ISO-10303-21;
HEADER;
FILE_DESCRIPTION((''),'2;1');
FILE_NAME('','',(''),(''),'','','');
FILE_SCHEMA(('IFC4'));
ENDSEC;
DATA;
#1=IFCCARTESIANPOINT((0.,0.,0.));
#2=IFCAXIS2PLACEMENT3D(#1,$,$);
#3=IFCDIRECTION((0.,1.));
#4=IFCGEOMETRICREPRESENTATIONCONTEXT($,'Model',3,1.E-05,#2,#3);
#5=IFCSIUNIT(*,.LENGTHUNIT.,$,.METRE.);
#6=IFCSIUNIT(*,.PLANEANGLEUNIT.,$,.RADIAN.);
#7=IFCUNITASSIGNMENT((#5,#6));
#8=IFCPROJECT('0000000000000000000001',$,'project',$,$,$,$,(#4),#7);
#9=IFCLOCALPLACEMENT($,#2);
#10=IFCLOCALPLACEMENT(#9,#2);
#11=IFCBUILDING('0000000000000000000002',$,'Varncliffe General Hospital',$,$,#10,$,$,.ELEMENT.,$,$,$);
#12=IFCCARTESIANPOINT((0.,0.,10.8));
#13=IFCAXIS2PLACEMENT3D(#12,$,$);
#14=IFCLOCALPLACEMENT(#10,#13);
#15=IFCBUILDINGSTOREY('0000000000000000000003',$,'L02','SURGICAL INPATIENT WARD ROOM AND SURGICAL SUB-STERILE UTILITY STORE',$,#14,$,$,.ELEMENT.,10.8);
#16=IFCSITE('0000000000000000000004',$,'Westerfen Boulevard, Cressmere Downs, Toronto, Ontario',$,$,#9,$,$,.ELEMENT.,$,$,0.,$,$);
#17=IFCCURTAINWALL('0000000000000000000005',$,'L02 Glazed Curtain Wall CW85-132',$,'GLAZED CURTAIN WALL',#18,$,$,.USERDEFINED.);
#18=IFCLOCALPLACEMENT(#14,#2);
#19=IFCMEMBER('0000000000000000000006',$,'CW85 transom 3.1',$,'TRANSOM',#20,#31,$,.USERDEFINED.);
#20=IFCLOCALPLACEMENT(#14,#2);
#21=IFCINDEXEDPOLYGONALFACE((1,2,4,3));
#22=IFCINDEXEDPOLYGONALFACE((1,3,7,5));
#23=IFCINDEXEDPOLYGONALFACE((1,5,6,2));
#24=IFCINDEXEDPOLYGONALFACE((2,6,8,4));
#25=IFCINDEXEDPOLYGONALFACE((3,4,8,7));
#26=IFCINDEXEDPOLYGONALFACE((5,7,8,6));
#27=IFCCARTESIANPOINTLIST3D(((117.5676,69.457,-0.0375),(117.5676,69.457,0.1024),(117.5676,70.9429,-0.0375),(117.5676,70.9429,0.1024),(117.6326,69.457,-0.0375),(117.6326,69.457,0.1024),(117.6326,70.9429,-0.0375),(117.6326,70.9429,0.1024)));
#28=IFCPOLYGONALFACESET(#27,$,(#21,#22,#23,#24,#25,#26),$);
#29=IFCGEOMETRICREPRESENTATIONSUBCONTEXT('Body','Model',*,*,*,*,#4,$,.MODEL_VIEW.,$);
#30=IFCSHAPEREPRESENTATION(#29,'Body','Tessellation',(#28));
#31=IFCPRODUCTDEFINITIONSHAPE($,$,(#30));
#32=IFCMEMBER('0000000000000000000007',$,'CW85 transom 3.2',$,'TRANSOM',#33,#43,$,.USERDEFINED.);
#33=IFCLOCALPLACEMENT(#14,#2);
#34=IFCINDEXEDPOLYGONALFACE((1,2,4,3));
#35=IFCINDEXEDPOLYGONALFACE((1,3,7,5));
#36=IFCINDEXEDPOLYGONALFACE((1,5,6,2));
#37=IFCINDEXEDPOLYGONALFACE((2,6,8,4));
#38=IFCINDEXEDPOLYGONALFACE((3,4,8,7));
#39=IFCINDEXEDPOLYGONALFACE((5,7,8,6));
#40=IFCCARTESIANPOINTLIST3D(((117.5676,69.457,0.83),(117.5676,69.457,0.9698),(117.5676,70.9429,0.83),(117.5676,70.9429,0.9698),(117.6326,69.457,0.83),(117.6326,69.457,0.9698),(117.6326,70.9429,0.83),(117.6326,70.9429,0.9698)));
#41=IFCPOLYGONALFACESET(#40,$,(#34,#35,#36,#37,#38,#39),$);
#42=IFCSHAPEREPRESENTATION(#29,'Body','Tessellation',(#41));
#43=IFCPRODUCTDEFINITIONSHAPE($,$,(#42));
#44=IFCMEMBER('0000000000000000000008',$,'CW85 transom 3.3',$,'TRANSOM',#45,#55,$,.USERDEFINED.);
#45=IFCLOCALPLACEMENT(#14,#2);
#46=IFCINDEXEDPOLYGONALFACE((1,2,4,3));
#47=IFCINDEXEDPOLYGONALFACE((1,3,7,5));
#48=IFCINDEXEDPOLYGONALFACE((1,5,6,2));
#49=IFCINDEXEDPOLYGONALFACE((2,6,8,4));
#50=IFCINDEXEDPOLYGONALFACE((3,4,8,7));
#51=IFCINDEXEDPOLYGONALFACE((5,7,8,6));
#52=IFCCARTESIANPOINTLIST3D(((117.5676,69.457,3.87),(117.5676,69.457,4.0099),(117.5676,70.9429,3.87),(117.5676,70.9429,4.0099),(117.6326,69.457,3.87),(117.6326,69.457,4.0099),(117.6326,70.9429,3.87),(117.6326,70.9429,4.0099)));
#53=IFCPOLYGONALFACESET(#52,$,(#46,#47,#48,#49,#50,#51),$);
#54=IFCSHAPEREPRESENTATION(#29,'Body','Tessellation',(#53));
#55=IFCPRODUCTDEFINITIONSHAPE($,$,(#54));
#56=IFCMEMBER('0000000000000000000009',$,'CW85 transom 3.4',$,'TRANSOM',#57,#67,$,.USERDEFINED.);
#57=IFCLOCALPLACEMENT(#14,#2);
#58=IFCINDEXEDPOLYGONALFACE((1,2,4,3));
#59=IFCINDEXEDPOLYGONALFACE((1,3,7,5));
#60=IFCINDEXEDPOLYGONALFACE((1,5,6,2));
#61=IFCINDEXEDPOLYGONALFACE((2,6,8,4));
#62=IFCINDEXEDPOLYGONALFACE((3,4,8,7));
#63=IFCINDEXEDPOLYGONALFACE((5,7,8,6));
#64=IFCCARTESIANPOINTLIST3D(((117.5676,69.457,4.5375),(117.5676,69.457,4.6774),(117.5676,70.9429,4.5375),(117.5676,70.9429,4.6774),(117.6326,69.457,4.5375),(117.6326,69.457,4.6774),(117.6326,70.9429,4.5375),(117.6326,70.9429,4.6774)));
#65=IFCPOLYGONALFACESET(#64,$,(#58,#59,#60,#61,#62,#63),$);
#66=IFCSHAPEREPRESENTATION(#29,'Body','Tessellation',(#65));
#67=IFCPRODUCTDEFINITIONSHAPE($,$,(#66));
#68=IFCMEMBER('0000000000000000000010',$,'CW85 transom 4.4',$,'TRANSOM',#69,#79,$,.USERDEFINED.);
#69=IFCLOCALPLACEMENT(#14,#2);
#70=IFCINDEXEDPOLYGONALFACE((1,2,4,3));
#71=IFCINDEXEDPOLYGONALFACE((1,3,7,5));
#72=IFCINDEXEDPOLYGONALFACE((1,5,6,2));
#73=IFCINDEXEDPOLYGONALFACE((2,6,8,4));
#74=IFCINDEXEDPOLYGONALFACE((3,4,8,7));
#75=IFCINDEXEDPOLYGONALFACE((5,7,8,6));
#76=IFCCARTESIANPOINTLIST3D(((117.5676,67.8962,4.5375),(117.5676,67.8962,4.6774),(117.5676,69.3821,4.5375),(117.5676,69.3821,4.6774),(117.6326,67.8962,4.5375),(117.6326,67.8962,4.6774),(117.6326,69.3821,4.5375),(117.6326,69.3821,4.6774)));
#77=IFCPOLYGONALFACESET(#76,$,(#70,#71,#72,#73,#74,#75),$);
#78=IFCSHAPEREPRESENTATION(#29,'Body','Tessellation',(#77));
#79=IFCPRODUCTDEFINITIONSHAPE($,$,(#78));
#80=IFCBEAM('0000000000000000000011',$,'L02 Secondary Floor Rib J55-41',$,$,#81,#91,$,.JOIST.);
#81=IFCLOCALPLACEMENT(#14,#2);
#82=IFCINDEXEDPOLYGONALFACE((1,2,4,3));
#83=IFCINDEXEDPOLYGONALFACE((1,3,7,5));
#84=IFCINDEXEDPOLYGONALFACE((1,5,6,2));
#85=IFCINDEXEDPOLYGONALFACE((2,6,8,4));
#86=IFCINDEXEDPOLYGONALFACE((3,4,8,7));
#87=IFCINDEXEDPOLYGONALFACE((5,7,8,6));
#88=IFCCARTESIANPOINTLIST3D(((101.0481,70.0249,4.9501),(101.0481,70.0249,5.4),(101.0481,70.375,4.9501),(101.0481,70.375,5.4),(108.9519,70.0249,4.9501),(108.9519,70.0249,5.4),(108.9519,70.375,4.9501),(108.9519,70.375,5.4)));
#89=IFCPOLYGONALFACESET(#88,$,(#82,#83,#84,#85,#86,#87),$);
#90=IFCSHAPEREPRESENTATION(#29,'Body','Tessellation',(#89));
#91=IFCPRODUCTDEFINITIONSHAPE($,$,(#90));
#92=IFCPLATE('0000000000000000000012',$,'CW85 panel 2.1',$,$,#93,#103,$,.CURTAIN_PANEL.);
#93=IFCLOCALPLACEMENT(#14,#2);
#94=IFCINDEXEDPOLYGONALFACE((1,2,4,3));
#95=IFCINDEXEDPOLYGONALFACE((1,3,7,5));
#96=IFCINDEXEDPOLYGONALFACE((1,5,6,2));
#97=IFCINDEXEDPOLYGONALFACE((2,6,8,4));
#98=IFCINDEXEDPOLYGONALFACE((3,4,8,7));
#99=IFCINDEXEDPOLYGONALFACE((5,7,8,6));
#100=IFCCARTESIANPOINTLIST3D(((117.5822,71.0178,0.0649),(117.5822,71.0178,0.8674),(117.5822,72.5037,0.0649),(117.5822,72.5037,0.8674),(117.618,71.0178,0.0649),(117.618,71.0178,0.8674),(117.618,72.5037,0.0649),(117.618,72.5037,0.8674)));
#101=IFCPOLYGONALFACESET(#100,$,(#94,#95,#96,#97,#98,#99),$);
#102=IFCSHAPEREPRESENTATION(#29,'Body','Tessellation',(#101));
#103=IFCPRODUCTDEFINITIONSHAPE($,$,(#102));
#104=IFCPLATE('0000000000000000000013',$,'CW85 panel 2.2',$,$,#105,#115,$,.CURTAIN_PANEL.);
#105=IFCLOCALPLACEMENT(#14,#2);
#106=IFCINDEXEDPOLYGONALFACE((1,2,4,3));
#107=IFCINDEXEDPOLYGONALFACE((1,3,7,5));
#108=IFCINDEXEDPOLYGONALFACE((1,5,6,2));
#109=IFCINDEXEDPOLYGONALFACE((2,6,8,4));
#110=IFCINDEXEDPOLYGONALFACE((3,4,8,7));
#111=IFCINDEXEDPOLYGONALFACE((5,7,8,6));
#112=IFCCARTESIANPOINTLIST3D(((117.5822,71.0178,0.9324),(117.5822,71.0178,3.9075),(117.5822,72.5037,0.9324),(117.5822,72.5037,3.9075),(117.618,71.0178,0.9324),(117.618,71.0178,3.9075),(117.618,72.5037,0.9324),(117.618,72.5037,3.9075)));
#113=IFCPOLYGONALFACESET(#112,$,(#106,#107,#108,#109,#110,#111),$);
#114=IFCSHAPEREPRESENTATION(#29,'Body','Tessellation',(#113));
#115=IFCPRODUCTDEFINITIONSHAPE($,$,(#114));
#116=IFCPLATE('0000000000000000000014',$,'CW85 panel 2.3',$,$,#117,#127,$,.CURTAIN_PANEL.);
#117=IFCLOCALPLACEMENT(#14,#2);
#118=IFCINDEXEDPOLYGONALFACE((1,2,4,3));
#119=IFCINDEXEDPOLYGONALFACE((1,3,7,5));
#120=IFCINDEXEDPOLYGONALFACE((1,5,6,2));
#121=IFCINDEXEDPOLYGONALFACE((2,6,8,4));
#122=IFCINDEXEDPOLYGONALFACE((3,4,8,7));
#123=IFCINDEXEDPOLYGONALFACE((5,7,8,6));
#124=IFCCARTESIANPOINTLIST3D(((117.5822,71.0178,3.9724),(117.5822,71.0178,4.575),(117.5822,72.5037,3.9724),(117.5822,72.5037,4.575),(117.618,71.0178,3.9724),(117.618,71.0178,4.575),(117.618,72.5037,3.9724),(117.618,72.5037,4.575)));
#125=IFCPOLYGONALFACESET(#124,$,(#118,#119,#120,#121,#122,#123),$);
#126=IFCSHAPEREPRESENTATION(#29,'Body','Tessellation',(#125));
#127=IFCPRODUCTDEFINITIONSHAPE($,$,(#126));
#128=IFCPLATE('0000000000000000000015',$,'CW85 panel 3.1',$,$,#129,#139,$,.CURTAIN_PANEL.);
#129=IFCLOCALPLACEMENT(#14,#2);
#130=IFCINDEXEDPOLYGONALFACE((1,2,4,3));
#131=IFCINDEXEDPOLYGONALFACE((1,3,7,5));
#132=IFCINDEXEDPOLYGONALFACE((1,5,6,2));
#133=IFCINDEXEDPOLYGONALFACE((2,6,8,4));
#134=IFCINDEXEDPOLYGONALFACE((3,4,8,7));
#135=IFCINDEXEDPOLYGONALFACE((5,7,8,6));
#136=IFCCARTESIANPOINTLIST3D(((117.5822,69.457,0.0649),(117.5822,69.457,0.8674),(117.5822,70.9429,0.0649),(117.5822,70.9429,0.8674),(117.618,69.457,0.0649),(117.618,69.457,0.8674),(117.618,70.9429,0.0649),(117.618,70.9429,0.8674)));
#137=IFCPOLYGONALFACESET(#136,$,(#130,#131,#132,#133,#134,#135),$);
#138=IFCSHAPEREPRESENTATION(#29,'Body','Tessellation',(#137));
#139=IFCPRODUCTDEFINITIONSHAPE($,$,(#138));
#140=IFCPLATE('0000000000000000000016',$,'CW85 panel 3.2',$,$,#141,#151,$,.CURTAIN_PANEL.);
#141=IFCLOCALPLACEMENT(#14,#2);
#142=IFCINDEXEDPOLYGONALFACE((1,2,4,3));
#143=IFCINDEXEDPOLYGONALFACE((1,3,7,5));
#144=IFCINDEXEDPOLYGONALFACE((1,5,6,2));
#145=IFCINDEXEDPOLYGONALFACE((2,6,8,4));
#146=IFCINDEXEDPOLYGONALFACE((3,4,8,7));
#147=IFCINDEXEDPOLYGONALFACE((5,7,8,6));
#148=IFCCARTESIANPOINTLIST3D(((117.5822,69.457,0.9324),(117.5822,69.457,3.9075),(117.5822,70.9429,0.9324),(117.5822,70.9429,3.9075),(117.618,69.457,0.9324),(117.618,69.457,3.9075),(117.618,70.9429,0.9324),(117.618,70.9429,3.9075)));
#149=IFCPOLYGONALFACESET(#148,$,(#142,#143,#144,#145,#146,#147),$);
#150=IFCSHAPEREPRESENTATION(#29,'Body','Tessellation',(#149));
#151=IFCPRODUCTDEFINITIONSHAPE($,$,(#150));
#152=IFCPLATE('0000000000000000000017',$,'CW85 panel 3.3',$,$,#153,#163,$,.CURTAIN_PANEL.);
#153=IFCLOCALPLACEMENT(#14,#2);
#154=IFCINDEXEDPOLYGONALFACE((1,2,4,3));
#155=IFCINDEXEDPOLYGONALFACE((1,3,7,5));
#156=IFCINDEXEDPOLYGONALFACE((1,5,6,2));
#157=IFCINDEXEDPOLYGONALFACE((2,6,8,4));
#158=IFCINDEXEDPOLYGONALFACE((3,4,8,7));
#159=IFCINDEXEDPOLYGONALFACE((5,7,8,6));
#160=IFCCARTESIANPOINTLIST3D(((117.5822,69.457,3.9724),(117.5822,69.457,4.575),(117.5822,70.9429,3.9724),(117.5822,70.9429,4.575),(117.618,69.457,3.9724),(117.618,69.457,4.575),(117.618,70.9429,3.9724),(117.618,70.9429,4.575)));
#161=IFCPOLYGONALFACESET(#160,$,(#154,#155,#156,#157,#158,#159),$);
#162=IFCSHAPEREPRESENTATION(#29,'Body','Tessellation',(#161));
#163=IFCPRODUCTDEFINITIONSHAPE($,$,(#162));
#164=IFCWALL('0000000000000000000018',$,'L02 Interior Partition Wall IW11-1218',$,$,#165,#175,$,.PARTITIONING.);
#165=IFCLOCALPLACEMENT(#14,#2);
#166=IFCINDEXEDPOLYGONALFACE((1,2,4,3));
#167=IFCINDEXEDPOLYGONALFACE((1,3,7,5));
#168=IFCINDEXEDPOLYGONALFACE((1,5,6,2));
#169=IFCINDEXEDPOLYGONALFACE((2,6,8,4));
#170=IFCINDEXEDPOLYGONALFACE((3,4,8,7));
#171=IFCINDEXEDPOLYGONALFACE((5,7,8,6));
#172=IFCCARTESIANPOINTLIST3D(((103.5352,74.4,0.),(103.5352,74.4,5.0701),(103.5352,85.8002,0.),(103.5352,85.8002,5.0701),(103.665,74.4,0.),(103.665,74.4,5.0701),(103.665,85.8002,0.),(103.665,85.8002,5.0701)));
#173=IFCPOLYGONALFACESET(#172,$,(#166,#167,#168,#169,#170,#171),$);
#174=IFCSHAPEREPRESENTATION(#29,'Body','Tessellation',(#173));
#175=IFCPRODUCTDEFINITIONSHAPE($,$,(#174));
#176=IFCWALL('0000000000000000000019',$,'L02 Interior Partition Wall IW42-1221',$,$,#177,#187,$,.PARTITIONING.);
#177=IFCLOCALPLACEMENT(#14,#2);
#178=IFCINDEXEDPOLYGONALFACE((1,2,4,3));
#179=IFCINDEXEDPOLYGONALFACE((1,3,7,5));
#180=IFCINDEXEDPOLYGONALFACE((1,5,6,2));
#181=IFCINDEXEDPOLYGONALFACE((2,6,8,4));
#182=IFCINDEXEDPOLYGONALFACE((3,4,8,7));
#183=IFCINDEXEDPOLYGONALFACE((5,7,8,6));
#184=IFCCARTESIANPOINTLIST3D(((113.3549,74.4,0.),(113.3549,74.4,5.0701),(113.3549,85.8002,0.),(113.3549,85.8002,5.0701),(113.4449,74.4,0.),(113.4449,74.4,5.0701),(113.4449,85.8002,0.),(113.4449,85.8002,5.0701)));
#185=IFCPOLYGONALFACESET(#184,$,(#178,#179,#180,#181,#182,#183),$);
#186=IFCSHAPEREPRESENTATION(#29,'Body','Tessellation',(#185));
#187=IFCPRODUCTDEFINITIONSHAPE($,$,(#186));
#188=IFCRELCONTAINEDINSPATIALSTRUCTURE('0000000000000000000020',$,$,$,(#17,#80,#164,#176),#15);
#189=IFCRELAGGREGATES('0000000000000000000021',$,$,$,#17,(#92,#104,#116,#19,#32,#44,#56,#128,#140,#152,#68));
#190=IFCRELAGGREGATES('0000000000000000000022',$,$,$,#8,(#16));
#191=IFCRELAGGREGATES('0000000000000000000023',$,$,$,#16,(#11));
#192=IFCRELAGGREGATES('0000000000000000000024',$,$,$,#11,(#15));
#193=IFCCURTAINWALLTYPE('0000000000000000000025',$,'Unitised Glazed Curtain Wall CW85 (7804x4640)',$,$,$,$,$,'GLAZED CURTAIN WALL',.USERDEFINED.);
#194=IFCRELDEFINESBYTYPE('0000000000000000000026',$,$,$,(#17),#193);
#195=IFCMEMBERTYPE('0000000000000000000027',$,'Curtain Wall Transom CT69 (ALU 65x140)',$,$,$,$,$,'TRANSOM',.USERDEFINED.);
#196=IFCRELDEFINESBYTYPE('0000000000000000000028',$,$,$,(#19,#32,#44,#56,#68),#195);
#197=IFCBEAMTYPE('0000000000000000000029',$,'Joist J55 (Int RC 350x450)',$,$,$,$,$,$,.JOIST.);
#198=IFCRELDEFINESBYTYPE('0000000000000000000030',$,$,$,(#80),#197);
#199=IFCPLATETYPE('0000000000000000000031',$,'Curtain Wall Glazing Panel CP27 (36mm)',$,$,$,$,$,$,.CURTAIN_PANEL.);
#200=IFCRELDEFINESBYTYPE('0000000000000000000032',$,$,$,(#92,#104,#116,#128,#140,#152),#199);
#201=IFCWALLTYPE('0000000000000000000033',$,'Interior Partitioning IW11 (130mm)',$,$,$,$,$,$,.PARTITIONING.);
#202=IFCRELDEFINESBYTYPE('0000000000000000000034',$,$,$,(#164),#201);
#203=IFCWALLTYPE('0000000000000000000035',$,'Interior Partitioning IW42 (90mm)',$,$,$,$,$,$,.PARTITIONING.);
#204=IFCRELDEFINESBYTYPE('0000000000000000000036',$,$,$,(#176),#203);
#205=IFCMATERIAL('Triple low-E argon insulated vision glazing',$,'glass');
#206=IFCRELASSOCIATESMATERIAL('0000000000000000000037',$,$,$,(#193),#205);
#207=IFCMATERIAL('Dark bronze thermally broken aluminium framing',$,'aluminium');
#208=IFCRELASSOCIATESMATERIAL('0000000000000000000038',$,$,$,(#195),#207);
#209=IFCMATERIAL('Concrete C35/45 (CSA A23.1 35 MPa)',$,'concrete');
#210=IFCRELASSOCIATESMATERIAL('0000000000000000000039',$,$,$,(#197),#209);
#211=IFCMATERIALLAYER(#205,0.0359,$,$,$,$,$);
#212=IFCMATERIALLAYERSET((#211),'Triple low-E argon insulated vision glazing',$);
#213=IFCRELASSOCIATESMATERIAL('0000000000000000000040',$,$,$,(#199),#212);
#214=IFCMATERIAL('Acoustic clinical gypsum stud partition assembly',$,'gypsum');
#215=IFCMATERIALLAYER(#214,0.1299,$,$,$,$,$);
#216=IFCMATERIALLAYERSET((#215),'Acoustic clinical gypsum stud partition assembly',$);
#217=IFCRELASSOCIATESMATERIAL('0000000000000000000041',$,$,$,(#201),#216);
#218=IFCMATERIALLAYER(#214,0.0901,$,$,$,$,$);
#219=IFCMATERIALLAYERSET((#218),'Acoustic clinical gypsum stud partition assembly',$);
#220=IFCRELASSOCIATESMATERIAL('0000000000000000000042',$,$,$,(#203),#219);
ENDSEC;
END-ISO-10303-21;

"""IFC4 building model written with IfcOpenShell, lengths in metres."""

from ifc_helpers import new_model, si_unit, direction, frame, frame_2d, origin, origin_2d, place, context, subcontext, project, spatial, rectangle, extrude, material, layer, layer_set, material_profile, profile_set, type_object, element, aggregate, save


model = new_model("IFC4")

# Units and contexts
model_context = context("Model", 3, precision=1e-05, world=origin(), true_north=direction((0.0, 1.0)))
body_context = subcontext(model_context, "Body", "Model", "MODEL_VIEW")
ifc_project = project(units=[si_unit("LENGTHUNIT", "METRE"), si_unit("PLANEANGLEUNIT", "RADIAN")], contexts=[model_context])

# Site, building, storey
site_placement = place(None, origin())
site = spatial("IfcSite", under=ifc_project, at=site_placement, Name="Westerfen Boulevard, Cressmere Downs, Toronto, Ontario", CompositionType="ELEMENT", RefElevation=0.0)
building_placement = place(site_placement, origin())
building = spatial("IfcBuilding", under=site, at=building_placement, Name="Varncliffe General Hospital", CompositionType="ELEMENT")
storey_placement = place(building_placement, frame((0.0, 0.0, 10.8)))
storey = spatial("IfcBuildingStorey", under=building, at=storey_placement, Name="L02", Description="SURGICAL INPATIENT WARD ROOM AND SURGICAL SUB-STERILE UTILITY STORE", CompositionType="ELEMENT", Elevation=10.8)

# Shared definitions
ifc_material_1 = material(Name="Concrete C35/45 (CSA A23.1 35 MPa)", Category="concrete")

# Curtain wall, members
ifc_material_2 = material(Name="Triple low-E argon insulated vision glazing", Category="glass")
curtain_wall_type = type_object("IfcCurtainWallType", Name="Unitised Glazed Curtain Wall CW85 (7804x4640)", ElementType="GLAZED CURTAIN WALL", PredefinedType="USERDEFINED", material=ifc_material_2)
curtain_wall_placement = place(storey_placement, origin())
curtain_wall = element("IfcCurtainWall", 1, at=curtain_wall_placement, inside=storey, type_object=curtain_wall_type, Name="L02 Glazed Curtain Wall CW85-132", ObjectType="GLAZED CURTAIN WALL", PredefinedType="USERDEFINED")
ifc_material_3 = material(Name="Dark bronze thermally broken aluminium framing", Category="aluminium")
ifc_material_profile_1 = material_profile(ifc_material_3, rectangle(XDim=0.0649, YDim=0.1399, at=origin_2d()), Name="ALU 65x140")
ifc_profile_set_1 = profile_set([ifc_material_profile_1], Name="Dark bronze thermally broken aluminium framing")
member_type_1 = type_object("IfcMemberType", Name="Curtain Wall Transom CT69 (ALU 65x140)", ElementType="TRANSOM", PredefinedType="USERDEFINED", material=ifc_profile_set_1)
member_1_placement = place(storey_placement, frame((117.6001, 70.9429, 0.0325), z_axis=(0.0, -1.0, 0.0), x_axis=(1.0, 0.0, 0.0)))
member_1 = element("IfcMember", 2, at=member_1_placement, type_object=member_type_1, Name="CW85 transom 3.1", ObjectType="TRANSOM", PredefinedType="USERDEFINED", context=body_context, shape_type="SweptSolid", body=[
    extrude(rectangle(XDim=0.0649, YDim=0.1399, at=origin_2d()), origin(), (0.0, 0.0, 1.0), 1.4858),
])
member_2_placement = place(storey_placement, frame((117.6001, 70.9429, 0.8999), z_axis=(0.0, -1.0, 0.0), x_axis=(1.0, 0.0, 0.0)))
member_2 = element("IfcMember", 3, at=member_2_placement, type_object=member_type_1, Name="CW85 transom 3.2", ObjectType="TRANSOM", PredefinedType="USERDEFINED", context=body_context, shape_type="SweptSolid", body=[
    extrude(rectangle(XDim=0.0649, YDim=0.1399, at=origin_2d()), origin(), (0.0, 0.0, 1.0), 1.4858),
])
member_3_placement = place(storey_placement, frame((117.6001, 70.9429, 3.9399), z_axis=(0.0, -1.0, 0.0), x_axis=(1.0, 0.0, 0.0)))
member_3 = element("IfcMember", 4, at=member_3_placement, type_object=member_type_1, Name="CW85 transom 3.3", ObjectType="TRANSOM", PredefinedType="USERDEFINED", context=body_context, shape_type="SweptSolid", body=[
    extrude(rectangle(XDim=0.0649, YDim=0.1399, at=origin_2d()), origin(), (0.0, 0.0, 1.0), 1.4858),
])
member_4_placement = place(storey_placement, frame((117.6001, 70.9429, 4.6074), z_axis=(0.0, -1.0, 0.0), x_axis=(1.0, 0.0, 0.0)))
member_4 = element("IfcMember", 5, at=member_4_placement, type_object=member_type_1, Name="CW85 transom 3.4", ObjectType="TRANSOM", PredefinedType="USERDEFINED", context=body_context, shape_type="SweptSolid", body=[
    extrude(rectangle(XDim=0.0649, YDim=0.1399, at=origin_2d()), origin(), (0.0, 0.0, 1.0), 1.4858),
])
member_5_placement = place(storey_placement, frame((117.6001, 69.3821, 4.6074), z_axis=(0.0, -1.0, 0.0), x_axis=(1.0, 0.0, 0.0)))
member_5 = element("IfcMember", 6, at=member_5_placement, type_object=member_type_1, Name="CW85 transom 4.4", ObjectType="TRANSOM", PredefinedType="USERDEFINED", context=body_context, shape_type="SweptSolid", body=[
    extrude(rectangle(XDim=0.0649, YDim=0.1399, at=origin_2d()), origin(), (0.0, 0.0, 1.0), 1.4858),
])

# Beam
ifc_material_profile_2 = material_profile(ifc_material_1, rectangle(XDim=0.3501, YDim=0.45, at=origin_2d()), Name="RC 350x450")
ifc_profile_set_2 = profile_set([ifc_material_profile_2], Name="Concrete C35/45 (CSA A23.1 35 MPa)")
beam_type_1 = type_object("IfcBeamType", Name="Joist J55 (Int RC 350x450)", PredefinedType="JOIST", material=ifc_profile_set_2)
beam_1_placement = place(storey_placement, frame((101.0481, 70.2, 5.175), z_axis=(1.0, 0.0, 0.0), x_axis=(0.0, 1.0, 0.0)))
element("IfcBeam", 7, at=beam_1_placement, inside=storey, type_object=beam_type_1, Name="L02 Secondary Floor Rib J55-41", PredefinedType="JOIST", context=body_context, shape_type="SweptSolid", body=[
    extrude(rectangle(XDim=0.3501, YDim=0.45, at=origin_2d()), origin(), (0.0, 0.0, 1.0), 7.9038),
])

# Plates
ifc_layer_1 = layer(ifc_material_2, 0.0359)
ifc_layer_set_1 = layer_set([ifc_layer_1], Name="Triple low-E argon insulated vision glazing")
plate_type = type_object("IfcPlateType", Name="Curtain Wall Glazing Panel CP27 (36mm)", PredefinedType="CURTAIN_PANEL", material=ifc_layer_set_1)
plate_1_placement = place(storey_placement, frame((117.6001, 71.7607, 0.0649), z_axis=(0.0, 0.0, 1.0), x_axis=(0.0, -1.0, 0.0)))
plate_1 = element("IfcPlate", 8, at=plate_1_placement, type_object=plate_type, Name="CW85 panel 2.1", PredefinedType="CURTAIN_PANEL", context=body_context, shape_type="SweptSolid", body=[
    extrude(rectangle(XDim=1.4858, YDim=0.0359, at=origin_2d()), origin(), (0.0, 0.0, 1.0), 0.8025),
])
plate_2_placement = place(storey_placement, frame((117.6001, 71.7607, 0.9324), z_axis=(0.0, 0.0, 1.0), x_axis=(0.0, -1.0, 0.0)))
plate_2 = element("IfcPlate", 9, at=plate_2_placement, type_object=plate_type, Name="CW85 panel 2.2", PredefinedType="CURTAIN_PANEL", context=body_context, shape_type="SweptSolid", body=[
    extrude(rectangle(XDim=1.4858, YDim=0.0359, at=origin_2d()), origin(), (0.0, 0.0, 1.0), 2.9751),
])
plate_3_placement = place(storey_placement, frame((117.6001, 71.7607, 3.9724), z_axis=(0.0, 0.0, 1.0), x_axis=(0.0, -1.0, 0.0)))
plate_3 = element("IfcPlate", 10, at=plate_3_placement, type_object=plate_type, Name="CW85 panel 2.3", PredefinedType="CURTAIN_PANEL", context=body_context, shape_type="SweptSolid", body=[
    extrude(rectangle(XDim=1.4858, YDim=0.0359, at=origin_2d()), origin(), (0.0, 0.0, 1.0), 0.6025),
])
plate_4_placement = place(storey_placement, frame((117.6001, 70.2, 0.0649), z_axis=(0.0, 0.0, 1.0), x_axis=(0.0, -1.0, 0.0)))
plate_4 = element("IfcPlate", 11, at=plate_4_placement, type_object=plate_type, Name="CW85 panel 3.1", PredefinedType="CURTAIN_PANEL", context=body_context, shape_type="SweptSolid", body=[
    extrude(rectangle(XDim=1.4858, YDim=0.0359, at=origin_2d()), origin(), (0.0, 0.0, 1.0), 0.8025),
])
plate_5_placement = place(storey_placement, frame((117.6001, 70.2, 0.9324), z_axis=(0.0, 0.0, 1.0), x_axis=(0.0, -1.0, 0.0)))
plate_5 = element("IfcPlate", 12, at=plate_5_placement, type_object=plate_type, Name="CW85 panel 3.2", PredefinedType="CURTAIN_PANEL", context=body_context, shape_type="SweptSolid", body=[
    extrude(rectangle(XDim=1.4858, YDim=0.0359, at=origin_2d()), origin(), (0.0, 0.0, 1.0), 2.9751),
])
plate_6_placement = place(storey_placement, frame((117.6001, 70.2, 3.9724), z_axis=(0.0, 0.0, 1.0), x_axis=(0.0, -1.0, 0.0)))
plate_6 = element("IfcPlate", 13, at=plate_6_placement, type_object=plate_type, Name="CW85 panel 3.3", PredefinedType="CURTAIN_PANEL", context=body_context, shape_type="SweptSolid", body=[
    extrude(rectangle(XDim=1.4858, YDim=0.0359, at=origin_2d()), origin(), (0.0, 0.0, 1.0), 0.6025),
])
aggregate(curtain_wall, [plate_1, plate_2, plate_3, member_1, member_2, member_3, member_4, plate_4, plate_5, plate_6, member_5])

# Walls
ifc_material_4 = material(Name="Acoustic clinical gypsum stud partition assembly", Category="gypsum")
ifc_layer_2 = layer(ifc_material_4, 0.1299)
ifc_layer_set_2 = layer_set([ifc_layer_2], Name="Acoustic clinical gypsum stud partition assembly")
wall_type_1 = type_object("IfcWallType", Name="Interior Partitioning IW11 (130mm)", PredefinedType="PARTITIONING", material=ifc_layer_set_2)
wall_1_placement = place(storey_placement, frame((103.6001, 74.3999, 0.0), z_axis=(0.0, 0.0, 1.0), x_axis=(0.0, 1.0, 0.0)))
element("IfcWall", 14, at=wall_1_placement, inside=storey, type_object=wall_type_1, Name="L02 Interior Partition Wall IW11-1218", PredefinedType="PARTITIONING", context=body_context, shape_type="SweptSolid", body=[
    extrude(rectangle(XDim=11.4001, YDim=0.1299, at=frame_2d((5.7002, 0.0))), origin(), (0.0, 0.0, 1.0), 5.0701),
])
ifc_layer_3 = layer(ifc_material_4, 0.0901)
ifc_layer_set_3 = layer_set([ifc_layer_3], Name="Acoustic clinical gypsum stud partition assembly")
wall_type_2 = type_object("IfcWallType", Name="Interior Partitioning IW42 (90mm)", PredefinedType="PARTITIONING", material=ifc_layer_set_3)
wall_2_placement = place(storey_placement, frame((113.3999, 74.3999, 0.0), z_axis=(0.0, 0.0, 1.0), x_axis=(0.0, 1.0, 0.0)))
element("IfcWall", 15, at=wall_2_placement, inside=storey, type_object=wall_type_2, Name="L02 Interior Partition Wall IW42-1221", PredefinedType="PARTITIONING", context=body_context, shape_type="SweptSolid", body=[
    extrude(rectangle(XDim=11.4001, YDim=0.0901, at=frame_2d((5.7002, 0.0))), origin(), (0.0, 0.0, 1.0), 5.0701),
])

save(model, "model.ifc")
